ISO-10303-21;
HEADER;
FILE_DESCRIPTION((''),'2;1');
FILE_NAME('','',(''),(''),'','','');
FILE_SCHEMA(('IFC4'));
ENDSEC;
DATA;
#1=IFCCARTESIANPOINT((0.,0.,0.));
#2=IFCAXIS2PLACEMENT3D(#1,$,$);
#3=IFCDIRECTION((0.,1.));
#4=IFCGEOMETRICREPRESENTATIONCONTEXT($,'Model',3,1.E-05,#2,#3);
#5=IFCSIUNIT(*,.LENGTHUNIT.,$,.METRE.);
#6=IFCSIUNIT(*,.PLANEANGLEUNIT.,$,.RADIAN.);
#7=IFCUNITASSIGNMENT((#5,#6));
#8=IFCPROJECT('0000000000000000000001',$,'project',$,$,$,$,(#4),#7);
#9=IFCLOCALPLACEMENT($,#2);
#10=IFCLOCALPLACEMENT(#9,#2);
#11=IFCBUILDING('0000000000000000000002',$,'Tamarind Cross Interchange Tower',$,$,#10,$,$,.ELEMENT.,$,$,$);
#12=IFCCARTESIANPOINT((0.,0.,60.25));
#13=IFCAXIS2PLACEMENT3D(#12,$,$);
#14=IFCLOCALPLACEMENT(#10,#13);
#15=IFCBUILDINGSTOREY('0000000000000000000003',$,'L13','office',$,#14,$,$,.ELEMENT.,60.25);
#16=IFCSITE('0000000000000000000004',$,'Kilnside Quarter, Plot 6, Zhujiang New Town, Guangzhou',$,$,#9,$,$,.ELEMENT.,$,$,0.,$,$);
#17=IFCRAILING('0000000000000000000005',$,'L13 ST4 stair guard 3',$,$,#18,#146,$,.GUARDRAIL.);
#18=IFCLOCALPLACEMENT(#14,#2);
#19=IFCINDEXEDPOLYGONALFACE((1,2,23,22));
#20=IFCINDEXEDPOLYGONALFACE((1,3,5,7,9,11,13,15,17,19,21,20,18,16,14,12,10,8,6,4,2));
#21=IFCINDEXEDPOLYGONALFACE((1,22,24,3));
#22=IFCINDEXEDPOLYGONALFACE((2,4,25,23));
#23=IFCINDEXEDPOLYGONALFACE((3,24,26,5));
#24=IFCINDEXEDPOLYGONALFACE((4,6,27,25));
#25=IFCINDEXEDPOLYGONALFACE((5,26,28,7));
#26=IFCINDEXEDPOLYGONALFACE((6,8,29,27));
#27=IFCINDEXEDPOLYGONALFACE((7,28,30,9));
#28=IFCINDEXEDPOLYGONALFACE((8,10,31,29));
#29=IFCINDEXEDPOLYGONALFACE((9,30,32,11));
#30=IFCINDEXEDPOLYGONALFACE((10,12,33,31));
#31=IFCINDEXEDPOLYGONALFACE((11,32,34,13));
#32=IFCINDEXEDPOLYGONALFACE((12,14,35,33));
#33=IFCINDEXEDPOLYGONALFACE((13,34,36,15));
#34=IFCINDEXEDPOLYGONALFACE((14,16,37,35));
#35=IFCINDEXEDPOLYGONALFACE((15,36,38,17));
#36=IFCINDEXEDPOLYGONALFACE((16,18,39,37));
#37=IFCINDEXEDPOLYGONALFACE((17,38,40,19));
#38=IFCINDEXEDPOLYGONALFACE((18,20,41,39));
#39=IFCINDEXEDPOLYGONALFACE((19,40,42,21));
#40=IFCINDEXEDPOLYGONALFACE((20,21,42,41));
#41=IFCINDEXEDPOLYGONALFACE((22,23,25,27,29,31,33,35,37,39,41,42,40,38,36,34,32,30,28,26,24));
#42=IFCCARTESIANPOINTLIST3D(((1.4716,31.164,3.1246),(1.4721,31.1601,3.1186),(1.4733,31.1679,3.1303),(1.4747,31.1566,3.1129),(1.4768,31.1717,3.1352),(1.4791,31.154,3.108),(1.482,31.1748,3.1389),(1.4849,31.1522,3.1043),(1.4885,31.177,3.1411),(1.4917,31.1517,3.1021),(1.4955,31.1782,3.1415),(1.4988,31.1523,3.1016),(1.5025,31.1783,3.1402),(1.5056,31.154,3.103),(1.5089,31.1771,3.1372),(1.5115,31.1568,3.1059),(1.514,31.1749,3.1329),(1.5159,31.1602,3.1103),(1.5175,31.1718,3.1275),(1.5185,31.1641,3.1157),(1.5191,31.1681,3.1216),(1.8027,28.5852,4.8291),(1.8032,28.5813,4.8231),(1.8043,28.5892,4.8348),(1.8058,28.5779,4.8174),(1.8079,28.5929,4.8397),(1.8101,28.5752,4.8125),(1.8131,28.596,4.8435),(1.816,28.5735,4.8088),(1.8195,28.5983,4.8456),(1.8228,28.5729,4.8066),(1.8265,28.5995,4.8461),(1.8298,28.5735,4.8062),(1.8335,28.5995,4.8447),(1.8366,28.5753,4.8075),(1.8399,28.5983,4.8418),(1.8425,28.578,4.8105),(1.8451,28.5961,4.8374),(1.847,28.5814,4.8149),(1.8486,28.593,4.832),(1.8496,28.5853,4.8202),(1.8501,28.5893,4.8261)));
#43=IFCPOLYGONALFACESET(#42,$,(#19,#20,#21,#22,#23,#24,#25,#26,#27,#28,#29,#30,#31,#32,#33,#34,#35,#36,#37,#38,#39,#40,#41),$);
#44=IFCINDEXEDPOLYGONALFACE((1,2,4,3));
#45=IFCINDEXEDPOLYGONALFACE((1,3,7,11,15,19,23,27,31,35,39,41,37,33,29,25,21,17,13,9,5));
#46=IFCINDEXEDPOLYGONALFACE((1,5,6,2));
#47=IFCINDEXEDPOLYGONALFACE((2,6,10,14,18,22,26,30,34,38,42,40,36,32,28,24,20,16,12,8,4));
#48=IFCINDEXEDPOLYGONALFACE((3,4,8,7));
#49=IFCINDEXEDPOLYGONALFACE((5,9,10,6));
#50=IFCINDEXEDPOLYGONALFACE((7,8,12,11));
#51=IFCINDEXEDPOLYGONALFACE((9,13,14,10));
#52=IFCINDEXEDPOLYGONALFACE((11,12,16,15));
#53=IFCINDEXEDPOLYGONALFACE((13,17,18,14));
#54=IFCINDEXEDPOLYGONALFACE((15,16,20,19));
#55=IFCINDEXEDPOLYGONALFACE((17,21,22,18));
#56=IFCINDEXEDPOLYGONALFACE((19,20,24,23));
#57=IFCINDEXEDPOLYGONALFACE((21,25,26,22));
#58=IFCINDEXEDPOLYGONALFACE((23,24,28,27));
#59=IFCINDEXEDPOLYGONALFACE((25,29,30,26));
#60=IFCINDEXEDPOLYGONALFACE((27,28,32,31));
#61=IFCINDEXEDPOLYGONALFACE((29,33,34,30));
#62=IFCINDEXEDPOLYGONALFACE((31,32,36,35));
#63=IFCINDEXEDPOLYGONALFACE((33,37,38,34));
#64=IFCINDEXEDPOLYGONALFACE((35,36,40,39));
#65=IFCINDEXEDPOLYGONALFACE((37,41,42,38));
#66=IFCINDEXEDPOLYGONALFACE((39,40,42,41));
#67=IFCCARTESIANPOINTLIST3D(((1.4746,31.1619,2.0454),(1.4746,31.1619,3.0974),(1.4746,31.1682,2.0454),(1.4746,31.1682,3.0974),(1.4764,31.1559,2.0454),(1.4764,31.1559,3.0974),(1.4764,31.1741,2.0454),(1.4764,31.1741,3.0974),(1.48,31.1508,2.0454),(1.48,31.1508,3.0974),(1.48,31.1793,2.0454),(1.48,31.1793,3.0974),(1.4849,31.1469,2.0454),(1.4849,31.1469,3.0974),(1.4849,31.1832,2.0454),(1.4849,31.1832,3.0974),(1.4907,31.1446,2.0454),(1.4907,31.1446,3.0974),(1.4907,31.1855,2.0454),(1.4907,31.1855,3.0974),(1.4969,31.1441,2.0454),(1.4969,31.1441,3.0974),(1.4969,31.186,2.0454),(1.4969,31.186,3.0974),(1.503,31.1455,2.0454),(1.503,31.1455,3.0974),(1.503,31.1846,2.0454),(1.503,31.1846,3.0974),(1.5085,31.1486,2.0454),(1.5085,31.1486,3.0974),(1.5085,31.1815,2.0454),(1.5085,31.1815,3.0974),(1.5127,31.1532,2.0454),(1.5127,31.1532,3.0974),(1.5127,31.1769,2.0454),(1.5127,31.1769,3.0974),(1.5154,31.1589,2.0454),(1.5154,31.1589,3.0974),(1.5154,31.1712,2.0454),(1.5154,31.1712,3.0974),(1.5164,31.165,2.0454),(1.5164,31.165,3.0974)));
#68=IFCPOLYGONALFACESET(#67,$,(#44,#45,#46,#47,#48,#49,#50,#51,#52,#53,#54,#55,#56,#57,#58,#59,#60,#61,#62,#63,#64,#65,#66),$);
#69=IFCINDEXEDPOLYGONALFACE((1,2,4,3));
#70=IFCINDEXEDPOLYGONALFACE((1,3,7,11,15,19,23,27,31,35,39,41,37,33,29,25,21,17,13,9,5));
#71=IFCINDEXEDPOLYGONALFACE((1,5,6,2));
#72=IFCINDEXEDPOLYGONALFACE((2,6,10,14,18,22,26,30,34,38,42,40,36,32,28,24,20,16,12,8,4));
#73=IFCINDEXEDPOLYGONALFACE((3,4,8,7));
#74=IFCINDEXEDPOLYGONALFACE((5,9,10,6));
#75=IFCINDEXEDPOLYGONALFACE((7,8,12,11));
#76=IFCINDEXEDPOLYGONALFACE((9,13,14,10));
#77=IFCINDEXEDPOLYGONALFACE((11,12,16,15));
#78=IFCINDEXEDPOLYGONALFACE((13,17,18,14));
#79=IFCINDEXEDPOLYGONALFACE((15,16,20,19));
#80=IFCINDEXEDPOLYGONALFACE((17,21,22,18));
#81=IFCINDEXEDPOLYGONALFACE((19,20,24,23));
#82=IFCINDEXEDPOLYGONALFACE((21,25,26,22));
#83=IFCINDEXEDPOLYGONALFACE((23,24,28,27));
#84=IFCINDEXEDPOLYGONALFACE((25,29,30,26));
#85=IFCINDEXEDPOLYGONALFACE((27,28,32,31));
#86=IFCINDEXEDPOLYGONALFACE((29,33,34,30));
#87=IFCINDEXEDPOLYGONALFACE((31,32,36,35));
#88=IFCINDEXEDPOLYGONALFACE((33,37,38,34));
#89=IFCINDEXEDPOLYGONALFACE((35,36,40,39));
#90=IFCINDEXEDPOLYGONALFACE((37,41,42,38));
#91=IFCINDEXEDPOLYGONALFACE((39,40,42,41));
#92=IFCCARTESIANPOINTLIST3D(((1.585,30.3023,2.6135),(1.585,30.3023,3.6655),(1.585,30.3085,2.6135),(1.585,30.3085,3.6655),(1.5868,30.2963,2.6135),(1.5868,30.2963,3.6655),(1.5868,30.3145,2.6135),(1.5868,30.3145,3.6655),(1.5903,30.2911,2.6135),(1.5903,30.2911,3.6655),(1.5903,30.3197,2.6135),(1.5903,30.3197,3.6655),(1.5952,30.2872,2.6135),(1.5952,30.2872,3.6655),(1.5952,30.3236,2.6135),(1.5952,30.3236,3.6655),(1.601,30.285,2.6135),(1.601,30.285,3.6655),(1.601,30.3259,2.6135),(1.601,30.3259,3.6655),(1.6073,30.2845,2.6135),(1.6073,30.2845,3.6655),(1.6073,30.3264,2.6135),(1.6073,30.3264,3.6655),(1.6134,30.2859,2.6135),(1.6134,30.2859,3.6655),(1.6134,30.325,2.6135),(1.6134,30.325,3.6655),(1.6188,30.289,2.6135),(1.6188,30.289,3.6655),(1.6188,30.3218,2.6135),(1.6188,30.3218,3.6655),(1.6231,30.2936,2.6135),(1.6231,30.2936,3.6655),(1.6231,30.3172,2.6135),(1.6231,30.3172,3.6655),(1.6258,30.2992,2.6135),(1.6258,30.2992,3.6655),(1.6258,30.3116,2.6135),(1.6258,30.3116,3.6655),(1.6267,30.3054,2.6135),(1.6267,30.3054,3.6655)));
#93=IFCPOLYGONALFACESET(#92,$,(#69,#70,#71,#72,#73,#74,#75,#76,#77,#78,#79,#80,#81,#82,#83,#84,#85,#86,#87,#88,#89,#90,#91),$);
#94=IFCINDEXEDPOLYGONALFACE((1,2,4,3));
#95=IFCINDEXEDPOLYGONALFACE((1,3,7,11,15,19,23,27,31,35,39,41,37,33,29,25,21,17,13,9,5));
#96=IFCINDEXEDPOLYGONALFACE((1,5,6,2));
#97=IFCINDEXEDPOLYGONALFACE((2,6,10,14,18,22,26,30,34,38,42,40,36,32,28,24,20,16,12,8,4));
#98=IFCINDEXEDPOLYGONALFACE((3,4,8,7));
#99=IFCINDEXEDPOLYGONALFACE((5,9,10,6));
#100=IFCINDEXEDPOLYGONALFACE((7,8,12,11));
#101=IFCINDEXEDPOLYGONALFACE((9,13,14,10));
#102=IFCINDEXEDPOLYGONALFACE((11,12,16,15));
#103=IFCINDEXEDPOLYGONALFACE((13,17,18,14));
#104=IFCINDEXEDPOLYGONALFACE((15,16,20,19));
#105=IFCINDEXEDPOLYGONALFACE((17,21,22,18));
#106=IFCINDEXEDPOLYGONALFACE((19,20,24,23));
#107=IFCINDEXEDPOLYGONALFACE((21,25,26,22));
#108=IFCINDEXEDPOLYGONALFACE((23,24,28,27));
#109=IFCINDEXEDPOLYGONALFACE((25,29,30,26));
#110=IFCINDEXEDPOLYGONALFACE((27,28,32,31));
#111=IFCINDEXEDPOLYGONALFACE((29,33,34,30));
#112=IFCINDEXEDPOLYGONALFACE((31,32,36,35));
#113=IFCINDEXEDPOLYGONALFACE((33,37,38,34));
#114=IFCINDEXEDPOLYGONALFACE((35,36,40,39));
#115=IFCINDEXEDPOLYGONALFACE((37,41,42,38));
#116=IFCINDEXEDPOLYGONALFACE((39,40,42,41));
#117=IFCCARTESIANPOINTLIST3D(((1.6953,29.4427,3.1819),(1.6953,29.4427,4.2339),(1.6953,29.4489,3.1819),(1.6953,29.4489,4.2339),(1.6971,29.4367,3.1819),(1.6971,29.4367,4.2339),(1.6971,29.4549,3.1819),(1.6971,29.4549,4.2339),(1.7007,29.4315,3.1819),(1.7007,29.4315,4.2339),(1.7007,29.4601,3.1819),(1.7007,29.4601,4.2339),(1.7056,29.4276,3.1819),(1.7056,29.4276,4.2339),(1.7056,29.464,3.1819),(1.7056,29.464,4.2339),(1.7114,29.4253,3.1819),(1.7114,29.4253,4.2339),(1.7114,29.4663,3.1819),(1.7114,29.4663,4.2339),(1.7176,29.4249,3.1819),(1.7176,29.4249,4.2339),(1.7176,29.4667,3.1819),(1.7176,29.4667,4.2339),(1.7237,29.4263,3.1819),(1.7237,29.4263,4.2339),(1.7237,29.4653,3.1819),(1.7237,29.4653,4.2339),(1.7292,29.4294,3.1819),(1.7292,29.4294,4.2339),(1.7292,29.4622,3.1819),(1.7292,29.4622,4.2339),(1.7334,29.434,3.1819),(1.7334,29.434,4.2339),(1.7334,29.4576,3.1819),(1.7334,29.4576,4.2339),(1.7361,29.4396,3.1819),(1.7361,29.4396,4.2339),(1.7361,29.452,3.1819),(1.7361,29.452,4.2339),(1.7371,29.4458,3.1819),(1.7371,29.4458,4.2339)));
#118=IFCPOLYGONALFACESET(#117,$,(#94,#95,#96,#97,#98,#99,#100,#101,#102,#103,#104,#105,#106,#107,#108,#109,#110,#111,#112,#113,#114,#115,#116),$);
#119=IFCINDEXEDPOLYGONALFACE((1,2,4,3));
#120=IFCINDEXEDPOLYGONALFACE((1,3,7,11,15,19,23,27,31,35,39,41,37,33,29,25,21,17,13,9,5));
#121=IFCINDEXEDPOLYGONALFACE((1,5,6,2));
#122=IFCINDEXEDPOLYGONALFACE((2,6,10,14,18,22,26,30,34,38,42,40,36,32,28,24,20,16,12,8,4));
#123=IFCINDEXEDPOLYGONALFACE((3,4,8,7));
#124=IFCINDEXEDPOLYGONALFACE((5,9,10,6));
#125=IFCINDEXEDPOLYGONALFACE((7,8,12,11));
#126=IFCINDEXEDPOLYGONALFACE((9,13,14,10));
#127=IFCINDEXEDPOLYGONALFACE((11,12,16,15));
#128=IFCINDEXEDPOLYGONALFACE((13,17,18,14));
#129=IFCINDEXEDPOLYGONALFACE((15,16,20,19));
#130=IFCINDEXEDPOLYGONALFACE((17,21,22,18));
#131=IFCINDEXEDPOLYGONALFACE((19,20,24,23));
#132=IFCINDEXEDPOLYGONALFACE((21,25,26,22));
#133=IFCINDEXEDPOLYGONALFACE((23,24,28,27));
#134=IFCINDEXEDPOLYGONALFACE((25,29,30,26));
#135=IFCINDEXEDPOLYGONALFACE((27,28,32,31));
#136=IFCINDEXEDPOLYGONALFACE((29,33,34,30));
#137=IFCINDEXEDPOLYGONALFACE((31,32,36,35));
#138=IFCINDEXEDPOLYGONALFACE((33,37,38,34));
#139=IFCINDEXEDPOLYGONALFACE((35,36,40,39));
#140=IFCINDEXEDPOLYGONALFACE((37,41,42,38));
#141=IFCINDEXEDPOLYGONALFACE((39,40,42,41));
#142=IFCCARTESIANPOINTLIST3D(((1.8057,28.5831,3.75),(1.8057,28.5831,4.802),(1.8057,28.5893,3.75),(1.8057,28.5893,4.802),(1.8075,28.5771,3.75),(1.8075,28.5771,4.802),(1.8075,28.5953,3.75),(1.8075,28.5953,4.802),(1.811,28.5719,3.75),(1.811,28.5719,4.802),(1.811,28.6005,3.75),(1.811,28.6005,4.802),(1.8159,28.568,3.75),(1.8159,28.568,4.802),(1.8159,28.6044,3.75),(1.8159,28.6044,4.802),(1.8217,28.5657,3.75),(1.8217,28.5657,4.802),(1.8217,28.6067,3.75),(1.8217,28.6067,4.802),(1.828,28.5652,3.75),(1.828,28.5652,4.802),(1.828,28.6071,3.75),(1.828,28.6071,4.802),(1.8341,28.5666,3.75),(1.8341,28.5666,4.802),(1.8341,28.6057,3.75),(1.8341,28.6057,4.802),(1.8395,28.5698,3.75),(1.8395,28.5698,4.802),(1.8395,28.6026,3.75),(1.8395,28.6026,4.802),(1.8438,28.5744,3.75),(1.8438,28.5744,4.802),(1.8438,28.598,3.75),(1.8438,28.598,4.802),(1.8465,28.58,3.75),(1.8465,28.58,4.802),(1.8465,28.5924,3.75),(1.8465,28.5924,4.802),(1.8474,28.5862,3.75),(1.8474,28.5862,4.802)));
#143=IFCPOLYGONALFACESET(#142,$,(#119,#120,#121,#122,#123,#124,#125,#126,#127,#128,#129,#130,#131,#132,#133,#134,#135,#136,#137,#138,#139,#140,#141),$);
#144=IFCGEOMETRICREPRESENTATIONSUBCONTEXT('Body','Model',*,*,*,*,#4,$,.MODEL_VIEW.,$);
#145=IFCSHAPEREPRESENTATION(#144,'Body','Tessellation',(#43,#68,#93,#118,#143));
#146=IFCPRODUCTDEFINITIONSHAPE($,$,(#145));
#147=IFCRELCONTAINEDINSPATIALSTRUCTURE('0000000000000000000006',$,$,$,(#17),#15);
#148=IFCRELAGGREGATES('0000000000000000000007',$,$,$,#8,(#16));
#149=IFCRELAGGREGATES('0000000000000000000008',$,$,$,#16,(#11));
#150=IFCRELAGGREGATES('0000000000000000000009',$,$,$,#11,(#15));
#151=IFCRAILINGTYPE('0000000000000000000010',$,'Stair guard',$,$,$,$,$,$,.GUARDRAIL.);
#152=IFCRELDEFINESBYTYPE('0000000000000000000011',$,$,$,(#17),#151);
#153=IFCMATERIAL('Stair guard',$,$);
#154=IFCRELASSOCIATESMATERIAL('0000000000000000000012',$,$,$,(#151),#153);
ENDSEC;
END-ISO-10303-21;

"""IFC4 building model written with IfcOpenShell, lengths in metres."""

from ifc_helpers import new_model, si_unit, direction, frame, origin, origin_2d, place, context, subcontext, project, spatial, circle, extrude, material, type_object, element, save


model = new_model("IFC4")

# Units and contexts
model_context = context("Model", 3, precision=1e-05, world=origin(), true_north=direction((0.0, 1.0)))
body_context = subcontext(model_context, "Body", "Model", "MODEL_VIEW")
ifc_project = project(units=[si_unit("LENGTHUNIT", "METRE"), si_unit("PLANEANGLEUNIT", "RADIAN")], contexts=[model_context])

# Site, building, storey
site_placement = place(None, origin())
site = spatial("IfcSite", under=ifc_project, at=site_placement, Name="Kilnside Quarter, Plot 6, Zhujiang New Town, Guangzhou", CompositionType="ELEMENT", RefElevation=0.0)
building_placement = place(site_placement, origin())
building = spatial("IfcBuilding", under=site, at=building_placement, Name="Tamarind Cross Interchange Tower", CompositionType="ELEMENT")
storey_placement = place(building_placement, frame((0.0, 0.0, 60.25)))
storey = spatial("IfcBuildingStorey", under=building, at=storey_placement, Name="L13", Description="office", CompositionType="ELEMENT", Elevation=60.25)

# Railing
ifc_material_1 = material(Name="Stair guard")
railing_type_1 = type_object("IfcRailingType", Name="Stair guard", PredefinedType="GUARDRAIL", material=ifc_material_1)
railing_1_placement = place(storey_placement, frame((1.4954, 31.165, 2.0454)))
element("IfcRailing", 1, at=railing_1_placement, inside=storey, type_object=railing_type_1, Name="L13 ST4 stair guard 3", PredefinedType="GUARDRAIL", context=body_context, shape_type="SweptSolid", body=[
    extrude(circle(Radius=0.0239, at=origin_2d()), frame((0.0, 0.0, 1.0762), z_axis=(0.106484, -0.829488, 0.54828), x_axis=(0.991861, 0.127328, 0.0)), (0.0, 0.0, 1.0), 3.1089),
    extrude(circle(Radius=0.021, at=origin_2d()), origin(), (0.0, 0.0, 1.0), 1.052),
    extrude(circle(Radius=0.021, at=origin_2d()), frame((0.1104, -0.8596, 0.5681)), (0.0, 0.0, 1.0), 1.052),
    extrude(circle(Radius=0.021, at=origin_2d()), frame((0.2207, -1.7192, 1.1365)), (0.0, 0.0, 1.0), 1.052),
    extrude(circle(Radius=0.021, at=origin_2d()), frame((0.3311, -2.5789, 1.7046)), (0.0, 0.0, 1.0), 1.052),
])

save(model, "model.ifc")
